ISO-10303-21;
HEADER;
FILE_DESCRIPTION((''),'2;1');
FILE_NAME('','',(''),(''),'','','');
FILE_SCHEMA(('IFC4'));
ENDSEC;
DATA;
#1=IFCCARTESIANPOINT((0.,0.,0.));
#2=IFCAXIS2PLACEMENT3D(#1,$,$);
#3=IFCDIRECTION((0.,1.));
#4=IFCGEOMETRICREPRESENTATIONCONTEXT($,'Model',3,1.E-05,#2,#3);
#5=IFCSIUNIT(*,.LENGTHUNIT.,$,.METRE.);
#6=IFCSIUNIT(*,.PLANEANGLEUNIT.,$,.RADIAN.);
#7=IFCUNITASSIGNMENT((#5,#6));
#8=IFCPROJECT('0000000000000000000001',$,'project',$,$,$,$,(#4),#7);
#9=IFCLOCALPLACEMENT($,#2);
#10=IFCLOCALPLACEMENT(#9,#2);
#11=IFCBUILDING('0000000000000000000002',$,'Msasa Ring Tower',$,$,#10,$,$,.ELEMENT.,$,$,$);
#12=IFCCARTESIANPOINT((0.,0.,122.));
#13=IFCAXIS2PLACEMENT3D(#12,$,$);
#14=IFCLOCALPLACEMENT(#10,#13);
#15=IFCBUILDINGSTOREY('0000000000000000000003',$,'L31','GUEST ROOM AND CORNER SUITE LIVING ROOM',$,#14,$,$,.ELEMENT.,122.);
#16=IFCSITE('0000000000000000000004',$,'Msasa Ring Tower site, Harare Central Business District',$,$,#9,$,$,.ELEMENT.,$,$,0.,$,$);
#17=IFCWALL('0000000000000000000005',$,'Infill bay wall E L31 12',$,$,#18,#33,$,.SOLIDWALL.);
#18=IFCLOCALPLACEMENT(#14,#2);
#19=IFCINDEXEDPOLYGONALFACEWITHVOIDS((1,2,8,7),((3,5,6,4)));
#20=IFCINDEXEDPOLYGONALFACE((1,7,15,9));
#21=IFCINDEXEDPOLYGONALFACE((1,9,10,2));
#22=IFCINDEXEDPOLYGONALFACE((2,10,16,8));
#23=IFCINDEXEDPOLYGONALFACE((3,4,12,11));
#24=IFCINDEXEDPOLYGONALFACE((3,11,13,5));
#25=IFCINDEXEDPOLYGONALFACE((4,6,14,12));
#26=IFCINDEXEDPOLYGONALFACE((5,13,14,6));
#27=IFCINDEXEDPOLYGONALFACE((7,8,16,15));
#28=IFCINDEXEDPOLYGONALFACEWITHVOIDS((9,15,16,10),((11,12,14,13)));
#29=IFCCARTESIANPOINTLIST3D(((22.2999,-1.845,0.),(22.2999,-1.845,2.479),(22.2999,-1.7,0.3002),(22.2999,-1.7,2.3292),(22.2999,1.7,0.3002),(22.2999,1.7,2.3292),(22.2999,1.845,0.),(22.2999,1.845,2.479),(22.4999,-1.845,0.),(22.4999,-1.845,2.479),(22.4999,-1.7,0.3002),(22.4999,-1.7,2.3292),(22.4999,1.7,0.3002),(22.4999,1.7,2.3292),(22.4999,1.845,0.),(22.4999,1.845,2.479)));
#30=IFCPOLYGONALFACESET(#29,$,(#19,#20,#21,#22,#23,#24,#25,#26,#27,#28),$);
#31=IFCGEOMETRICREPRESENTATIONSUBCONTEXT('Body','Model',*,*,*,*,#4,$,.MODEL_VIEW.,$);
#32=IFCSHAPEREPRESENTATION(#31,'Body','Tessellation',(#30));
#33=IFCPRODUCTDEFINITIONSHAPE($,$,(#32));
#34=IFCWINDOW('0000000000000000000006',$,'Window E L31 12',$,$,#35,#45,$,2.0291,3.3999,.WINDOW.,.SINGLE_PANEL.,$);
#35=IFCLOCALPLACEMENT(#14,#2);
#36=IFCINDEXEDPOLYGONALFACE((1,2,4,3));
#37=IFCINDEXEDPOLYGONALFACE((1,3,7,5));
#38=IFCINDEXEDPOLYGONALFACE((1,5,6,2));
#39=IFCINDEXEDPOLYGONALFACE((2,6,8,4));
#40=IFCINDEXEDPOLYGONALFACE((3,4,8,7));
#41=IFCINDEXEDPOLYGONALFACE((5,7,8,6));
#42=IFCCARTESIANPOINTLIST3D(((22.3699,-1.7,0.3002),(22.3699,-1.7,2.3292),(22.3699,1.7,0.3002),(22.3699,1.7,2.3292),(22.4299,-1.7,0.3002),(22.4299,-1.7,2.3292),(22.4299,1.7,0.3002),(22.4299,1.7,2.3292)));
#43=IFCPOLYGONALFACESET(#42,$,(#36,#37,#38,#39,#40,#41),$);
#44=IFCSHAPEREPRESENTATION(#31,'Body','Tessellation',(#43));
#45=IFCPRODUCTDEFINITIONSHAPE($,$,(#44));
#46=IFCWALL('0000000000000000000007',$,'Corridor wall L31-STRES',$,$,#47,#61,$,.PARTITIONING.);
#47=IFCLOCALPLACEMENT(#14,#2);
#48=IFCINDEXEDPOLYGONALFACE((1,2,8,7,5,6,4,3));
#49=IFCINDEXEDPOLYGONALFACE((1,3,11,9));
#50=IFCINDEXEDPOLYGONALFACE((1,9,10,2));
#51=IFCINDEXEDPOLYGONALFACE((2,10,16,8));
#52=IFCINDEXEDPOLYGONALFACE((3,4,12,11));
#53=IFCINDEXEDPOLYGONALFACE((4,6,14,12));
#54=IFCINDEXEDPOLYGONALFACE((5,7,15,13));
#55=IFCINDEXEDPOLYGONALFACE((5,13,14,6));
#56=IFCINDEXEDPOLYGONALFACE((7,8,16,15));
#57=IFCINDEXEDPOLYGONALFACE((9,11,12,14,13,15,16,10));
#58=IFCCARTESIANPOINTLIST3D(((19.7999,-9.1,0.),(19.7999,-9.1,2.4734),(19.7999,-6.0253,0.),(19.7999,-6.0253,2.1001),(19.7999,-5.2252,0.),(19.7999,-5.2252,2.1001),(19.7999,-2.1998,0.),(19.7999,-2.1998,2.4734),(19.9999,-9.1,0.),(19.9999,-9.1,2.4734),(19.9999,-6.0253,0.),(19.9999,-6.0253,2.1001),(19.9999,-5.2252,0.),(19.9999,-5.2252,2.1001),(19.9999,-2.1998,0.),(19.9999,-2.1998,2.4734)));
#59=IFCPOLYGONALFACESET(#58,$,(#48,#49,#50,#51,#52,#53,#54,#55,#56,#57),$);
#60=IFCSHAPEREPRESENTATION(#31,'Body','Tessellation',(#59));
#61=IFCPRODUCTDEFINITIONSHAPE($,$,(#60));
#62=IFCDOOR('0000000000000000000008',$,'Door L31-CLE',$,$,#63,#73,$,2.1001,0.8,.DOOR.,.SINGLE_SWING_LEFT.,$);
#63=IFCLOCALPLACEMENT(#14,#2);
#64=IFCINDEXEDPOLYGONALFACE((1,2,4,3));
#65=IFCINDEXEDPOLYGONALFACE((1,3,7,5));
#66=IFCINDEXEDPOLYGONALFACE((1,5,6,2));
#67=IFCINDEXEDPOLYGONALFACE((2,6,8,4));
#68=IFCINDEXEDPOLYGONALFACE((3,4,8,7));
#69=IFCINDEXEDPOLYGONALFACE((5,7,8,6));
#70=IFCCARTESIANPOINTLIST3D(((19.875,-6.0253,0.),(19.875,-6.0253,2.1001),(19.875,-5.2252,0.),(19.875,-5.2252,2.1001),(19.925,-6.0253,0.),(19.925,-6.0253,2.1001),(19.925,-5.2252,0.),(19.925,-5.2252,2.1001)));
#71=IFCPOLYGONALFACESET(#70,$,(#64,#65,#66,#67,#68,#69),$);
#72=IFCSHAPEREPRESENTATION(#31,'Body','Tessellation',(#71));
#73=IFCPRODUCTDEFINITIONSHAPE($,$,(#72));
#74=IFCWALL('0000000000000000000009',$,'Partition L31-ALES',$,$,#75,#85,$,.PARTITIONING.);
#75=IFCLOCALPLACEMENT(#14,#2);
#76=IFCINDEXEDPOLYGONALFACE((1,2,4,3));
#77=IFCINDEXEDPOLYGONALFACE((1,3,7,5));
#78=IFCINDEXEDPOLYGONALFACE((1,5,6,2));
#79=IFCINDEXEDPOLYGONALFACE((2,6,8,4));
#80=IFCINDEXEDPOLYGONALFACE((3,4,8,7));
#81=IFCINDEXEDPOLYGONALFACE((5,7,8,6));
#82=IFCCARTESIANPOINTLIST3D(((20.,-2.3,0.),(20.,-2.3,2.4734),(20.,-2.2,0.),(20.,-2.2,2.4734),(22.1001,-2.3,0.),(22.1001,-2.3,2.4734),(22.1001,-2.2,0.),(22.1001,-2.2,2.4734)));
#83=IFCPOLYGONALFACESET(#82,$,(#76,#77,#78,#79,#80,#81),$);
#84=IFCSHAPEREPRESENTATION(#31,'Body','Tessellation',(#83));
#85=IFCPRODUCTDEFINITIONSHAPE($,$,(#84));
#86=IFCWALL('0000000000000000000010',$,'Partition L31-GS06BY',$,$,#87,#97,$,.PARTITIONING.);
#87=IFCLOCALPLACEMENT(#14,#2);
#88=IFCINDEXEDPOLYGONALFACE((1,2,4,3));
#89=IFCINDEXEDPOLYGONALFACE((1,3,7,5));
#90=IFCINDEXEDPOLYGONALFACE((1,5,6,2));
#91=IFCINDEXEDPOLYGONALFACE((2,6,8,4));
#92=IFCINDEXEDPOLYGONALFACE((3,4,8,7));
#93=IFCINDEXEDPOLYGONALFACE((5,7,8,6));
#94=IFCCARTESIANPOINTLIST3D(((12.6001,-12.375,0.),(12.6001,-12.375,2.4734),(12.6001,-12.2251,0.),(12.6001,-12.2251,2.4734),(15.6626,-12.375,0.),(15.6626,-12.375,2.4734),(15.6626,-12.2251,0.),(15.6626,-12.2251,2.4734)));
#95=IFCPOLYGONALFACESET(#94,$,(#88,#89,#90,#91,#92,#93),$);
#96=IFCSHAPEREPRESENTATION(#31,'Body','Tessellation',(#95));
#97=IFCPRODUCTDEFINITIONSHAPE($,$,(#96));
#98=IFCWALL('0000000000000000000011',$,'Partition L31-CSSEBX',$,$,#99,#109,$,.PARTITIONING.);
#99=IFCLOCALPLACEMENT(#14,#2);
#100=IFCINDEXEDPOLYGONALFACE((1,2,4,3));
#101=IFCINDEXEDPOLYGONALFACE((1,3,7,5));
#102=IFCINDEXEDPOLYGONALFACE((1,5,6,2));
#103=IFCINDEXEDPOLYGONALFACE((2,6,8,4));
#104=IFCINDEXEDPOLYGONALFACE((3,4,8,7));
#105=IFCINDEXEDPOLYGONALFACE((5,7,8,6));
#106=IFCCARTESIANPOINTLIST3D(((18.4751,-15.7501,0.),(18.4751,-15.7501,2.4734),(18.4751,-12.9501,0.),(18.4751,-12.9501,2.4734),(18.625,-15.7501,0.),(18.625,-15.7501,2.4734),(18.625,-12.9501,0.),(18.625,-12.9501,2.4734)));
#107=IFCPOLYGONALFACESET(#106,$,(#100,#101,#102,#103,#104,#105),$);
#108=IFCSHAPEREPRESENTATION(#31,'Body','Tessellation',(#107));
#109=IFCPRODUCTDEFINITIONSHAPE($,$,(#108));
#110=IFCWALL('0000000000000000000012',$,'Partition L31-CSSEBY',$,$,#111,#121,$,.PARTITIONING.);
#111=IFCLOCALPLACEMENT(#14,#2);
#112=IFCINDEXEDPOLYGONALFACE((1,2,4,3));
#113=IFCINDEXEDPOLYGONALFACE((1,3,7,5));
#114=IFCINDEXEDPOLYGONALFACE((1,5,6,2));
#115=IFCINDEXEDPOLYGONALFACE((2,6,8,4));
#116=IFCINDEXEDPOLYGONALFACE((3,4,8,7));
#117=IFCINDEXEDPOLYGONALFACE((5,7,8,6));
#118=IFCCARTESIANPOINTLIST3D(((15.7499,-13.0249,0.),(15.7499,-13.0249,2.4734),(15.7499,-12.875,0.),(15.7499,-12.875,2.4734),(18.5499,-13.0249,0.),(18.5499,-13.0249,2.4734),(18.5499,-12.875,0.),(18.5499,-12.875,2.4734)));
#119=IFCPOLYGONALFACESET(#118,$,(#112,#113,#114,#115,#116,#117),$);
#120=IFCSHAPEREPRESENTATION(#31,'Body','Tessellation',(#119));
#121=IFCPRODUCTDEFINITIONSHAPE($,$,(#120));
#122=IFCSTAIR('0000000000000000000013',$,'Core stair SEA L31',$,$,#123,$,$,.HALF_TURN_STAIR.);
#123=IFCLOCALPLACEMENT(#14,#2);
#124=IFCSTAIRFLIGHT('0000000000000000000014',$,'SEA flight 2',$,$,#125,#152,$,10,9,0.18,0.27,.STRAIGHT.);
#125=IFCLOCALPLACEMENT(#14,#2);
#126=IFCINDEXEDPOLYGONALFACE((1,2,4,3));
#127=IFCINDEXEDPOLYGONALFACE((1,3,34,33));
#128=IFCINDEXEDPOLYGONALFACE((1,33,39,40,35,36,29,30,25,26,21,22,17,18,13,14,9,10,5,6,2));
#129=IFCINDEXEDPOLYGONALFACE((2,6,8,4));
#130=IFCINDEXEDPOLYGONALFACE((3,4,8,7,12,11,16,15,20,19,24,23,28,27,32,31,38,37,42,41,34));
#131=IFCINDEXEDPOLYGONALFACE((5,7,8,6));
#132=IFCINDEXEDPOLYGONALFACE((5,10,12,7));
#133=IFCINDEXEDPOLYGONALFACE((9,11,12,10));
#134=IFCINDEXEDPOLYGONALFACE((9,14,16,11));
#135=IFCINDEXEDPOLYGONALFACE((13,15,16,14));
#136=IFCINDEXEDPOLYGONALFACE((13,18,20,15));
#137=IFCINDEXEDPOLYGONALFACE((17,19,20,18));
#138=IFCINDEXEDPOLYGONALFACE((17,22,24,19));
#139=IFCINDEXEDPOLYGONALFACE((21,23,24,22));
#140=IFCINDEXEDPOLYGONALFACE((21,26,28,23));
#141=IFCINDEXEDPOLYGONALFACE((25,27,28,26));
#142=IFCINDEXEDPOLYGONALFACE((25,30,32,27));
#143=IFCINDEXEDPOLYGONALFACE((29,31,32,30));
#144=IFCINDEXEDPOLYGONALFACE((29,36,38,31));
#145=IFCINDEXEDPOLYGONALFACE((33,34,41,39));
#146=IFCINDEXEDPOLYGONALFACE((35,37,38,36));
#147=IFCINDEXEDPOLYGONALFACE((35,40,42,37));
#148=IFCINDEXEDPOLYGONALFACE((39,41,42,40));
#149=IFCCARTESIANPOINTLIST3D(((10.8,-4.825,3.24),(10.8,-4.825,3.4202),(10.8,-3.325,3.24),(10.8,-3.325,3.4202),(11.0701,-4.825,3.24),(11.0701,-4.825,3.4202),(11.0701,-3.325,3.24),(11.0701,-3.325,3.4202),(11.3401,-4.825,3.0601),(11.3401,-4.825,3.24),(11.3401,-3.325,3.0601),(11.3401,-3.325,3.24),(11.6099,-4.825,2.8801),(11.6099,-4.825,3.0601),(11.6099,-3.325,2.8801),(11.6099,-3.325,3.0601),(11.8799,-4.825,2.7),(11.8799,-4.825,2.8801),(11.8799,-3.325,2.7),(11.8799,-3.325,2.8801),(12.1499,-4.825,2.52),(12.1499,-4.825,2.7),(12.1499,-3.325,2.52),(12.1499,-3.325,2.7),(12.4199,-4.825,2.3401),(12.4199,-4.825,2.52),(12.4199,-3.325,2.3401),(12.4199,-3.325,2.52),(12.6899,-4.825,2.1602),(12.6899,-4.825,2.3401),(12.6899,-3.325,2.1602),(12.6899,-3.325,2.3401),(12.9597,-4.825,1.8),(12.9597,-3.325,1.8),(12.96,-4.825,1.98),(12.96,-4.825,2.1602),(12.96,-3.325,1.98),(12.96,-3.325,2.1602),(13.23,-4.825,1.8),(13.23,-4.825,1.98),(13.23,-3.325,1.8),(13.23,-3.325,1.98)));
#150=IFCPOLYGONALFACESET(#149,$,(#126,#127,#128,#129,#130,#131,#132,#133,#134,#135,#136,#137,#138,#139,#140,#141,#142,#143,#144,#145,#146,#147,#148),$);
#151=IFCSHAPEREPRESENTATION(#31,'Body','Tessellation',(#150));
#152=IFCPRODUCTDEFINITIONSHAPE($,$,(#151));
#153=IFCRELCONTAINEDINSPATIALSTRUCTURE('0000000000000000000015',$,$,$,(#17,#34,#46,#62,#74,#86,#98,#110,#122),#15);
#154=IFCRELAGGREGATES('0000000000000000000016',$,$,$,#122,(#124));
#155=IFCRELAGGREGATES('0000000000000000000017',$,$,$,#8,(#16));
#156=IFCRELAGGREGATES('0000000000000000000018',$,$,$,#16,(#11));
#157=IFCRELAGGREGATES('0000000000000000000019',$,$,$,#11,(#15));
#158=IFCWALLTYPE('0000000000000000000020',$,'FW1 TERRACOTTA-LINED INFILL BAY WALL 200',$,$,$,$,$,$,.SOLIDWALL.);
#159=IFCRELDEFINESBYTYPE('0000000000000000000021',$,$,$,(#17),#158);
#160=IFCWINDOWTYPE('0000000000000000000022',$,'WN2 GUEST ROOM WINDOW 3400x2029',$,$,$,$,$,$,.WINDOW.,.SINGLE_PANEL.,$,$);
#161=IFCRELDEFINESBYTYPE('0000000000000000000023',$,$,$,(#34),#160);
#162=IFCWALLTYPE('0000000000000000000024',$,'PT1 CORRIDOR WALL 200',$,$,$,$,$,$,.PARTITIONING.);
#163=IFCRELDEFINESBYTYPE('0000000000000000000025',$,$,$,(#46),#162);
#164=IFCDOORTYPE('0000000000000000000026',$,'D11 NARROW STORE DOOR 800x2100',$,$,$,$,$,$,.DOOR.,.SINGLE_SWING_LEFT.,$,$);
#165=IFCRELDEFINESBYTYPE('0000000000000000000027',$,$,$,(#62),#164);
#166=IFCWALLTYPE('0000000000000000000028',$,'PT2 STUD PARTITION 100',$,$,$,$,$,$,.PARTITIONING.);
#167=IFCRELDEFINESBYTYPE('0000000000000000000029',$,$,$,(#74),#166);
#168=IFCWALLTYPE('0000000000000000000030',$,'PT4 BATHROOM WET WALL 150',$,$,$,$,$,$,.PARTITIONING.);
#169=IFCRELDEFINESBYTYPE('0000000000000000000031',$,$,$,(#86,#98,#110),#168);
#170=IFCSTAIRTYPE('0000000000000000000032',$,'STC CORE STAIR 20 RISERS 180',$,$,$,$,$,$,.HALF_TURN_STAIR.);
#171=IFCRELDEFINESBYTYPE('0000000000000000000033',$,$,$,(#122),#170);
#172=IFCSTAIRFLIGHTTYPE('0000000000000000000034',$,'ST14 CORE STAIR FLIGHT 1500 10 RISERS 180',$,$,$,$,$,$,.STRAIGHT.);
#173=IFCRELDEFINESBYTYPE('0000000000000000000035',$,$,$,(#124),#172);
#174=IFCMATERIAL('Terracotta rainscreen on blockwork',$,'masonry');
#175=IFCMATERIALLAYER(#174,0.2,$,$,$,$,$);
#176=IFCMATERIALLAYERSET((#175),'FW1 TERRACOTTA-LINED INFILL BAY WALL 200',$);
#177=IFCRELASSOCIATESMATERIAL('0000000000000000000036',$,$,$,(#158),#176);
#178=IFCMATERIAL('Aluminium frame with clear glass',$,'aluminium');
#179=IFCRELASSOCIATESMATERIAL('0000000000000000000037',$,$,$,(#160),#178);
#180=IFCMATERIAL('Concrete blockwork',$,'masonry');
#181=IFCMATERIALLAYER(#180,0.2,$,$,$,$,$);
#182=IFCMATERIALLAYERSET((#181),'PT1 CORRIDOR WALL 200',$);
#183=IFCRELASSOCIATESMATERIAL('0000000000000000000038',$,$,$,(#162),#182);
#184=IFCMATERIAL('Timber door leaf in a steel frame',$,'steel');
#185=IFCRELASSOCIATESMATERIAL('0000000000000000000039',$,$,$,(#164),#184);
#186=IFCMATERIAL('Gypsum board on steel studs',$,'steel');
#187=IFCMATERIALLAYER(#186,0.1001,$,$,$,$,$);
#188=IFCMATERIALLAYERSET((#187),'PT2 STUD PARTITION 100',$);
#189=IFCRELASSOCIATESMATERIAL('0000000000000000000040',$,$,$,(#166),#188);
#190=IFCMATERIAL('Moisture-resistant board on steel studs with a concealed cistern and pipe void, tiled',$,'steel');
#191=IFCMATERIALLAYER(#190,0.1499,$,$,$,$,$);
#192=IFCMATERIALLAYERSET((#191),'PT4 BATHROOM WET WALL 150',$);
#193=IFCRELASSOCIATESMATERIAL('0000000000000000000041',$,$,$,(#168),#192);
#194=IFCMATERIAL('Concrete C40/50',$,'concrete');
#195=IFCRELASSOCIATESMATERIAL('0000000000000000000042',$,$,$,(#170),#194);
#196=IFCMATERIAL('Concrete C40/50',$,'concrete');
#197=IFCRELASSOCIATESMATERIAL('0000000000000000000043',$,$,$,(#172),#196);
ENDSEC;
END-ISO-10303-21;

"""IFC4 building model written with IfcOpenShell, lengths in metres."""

from ifc_helpers import new_model, si_unit, direction, frame, frame_2d, origin, place, context, subcontext, project, spatial, polyline, rectangle, outline, extrude, material, layer, layer_set, type_object, element, fill, aggregate, save


model = new_model("IFC4")

# Units and contexts
model_context = context("Model", 3, precision=1e-05, world=origin(), true_north=direction((0.0, 1.0)))
body_context = subcontext(model_context, "Body", "Model", "MODEL_VIEW")
ifc_project = project(units=[si_unit("LENGTHUNIT", "METRE"), si_unit("PLANEANGLEUNIT", "RADIAN")], contexts=[model_context])

# Site, building, storey
site_placement = place(None, origin())
site = spatial("IfcSite", under=ifc_project, at=site_placement, Name="Msasa Ring Tower site, Harare Central Business District", CompositionType="ELEMENT", RefElevation=0.0)
building_placement = place(site_placement, origin())
building = spatial("IfcBuilding", under=site, at=building_placement, Name="Msasa Ring Tower", CompositionType="ELEMENT")
storey_placement = place(building_placement, frame((0.0, 0.0, 122.0)))
storey = spatial("IfcBuildingStorey", under=building, at=storey_placement, Name="L31", Description="GUEST ROOM AND CORNER SUITE LIVING ROOM", CompositionType="ELEMENT", Elevation=122.0)

# Wall, opening, window
ifc_material_1 = material(Name="Terracotta rainscreen on blockwork", Category="masonry")
ifc_layer_1 = layer(ifc_material_1, 0.2)
ifc_layer_set_1 = layer_set([ifc_layer_1], Name="FW1 TERRACOTTA-LINED INFILL BAY WALL 200")
wall_type_1 = type_object("IfcWallType", Name="FW1 TERRACOTTA-LINED INFILL BAY WALL 200", PredefinedType="SOLIDWALL", material=ifc_layer_set_1)
ifc_material_2 = material(Name="Aluminium frame with clear glass", Category="aluminium")
window_type = type_object("IfcWindowType", Name="WN2 GUEST ROOM WINDOW 3400x2029", PartitioningType="SINGLE_PANEL", PredefinedType="WINDOW", material=ifc_material_2)
wall_1_placement = place(storey_placement, frame((22.3999, -1.845, 0.0), z_axis=(0.0, 0.0, 1.0), x_axis=(0.0, 1.0, 0.0)))
wall_1 = element("IfcWall", 1, at=wall_1_placement, inside=storey, type_object=wall_type_1, Name="Infill bay wall E L31 12", PredefinedType="SOLIDWALL", context=body_context, shape_type="SweptSolid", body=[
    extrude(rectangle(XDim=3.6899, YDim=0.2, at=frame_2d((1.845, 0.0))), origin(), (0.0, 0.0, 1.0), 2.479),
])
opening_1_placement = place(wall_1_placement, frame((0.145, 0.0, 0.3)))
opening_1 = element("IfcOpeningElement", 2, at=opening_1_placement, cuts=wall_1, PredefinedType="OPENING", context=body_context, shape_type="SweptSolid", body=[
    extrude(rectangle(XDim=3.3999, YDim=2.0291, at=frame_2d((1.7, 1.0146))), frame((0.0, 0.1099, 0.0), z_axis=(0.0, -1.0, 0.0), x_axis=(1.0, 0.0, 0.0)), (0.0, 0.0, 1.0), 0.22),
])
window_1_placement = place(opening_1_placement, origin())
window_1 = element("IfcWindow", 3, at=window_1_placement, inside=storey, type_object=window_type, Name="Window E L31 12", OverallHeight=2.0291, OverallWidth=3.3999, PartitioningType="SINGLE_PANEL", PredefinedType="WINDOW", context=body_context, shape_type="SweptSolid", body=[
    extrude(rectangle(XDim=3.3999, YDim=2.0291, at=frame_2d((1.7, 1.0146))), frame((0.0, 0.03, 0.0), z_axis=(0.0, -1.0, 0.0), x_axis=(1.0, 0.0, 0.0)), (0.0, 0.0, 1.0), 0.0601),
])
fill(opening_1, window_1)

# Wall, opening, door
ifc_material_3 = material(Name="Concrete blockwork", Category="masonry")
ifc_layer_2 = layer(ifc_material_3, 0.2)
ifc_layer_set_2 = layer_set([ifc_layer_2], Name="PT1 CORRIDOR WALL 200")
wall_type_2 = type_object("IfcWallType", Name="PT1 CORRIDOR WALL 200", PredefinedType="PARTITIONING", material=ifc_layer_set_2)
wall_2_placement = place(storey_placement, frame((19.8999, -9.1001, 0.0), z_axis=(0.0, 0.0, 1.0), x_axis=(0.0, 1.0, 0.0)))
wall_2 = element("IfcWall", 4, at=wall_2_placement, inside=storey, type_object=wall_type_2, Name="Corridor wall L31-STRES", PredefinedType="PARTITIONING", context=body_context, shape_type="SweptSolid", body=[
    extrude(rectangle(XDim=6.9001, YDim=0.2, at=frame_2d((3.4502, 0.0))), origin(), (0.0, 0.0, 1.0), 2.4734),
])
opening_2_placement = place(wall_2_placement, frame((3.075, 0.0, 0.0)))
opening_2 = element("IfcOpeningElement", 5, at=opening_2_placement, cuts=wall_2, PredefinedType="OPENING", context=body_context, shape_type="SweptSolid", body=[
    extrude(rectangle(XDim=0.8, YDim=2.1001, at=frame_2d((0.3999, 1.05))), frame((0.0, 0.1099, 0.0), z_axis=(0.0, -1.0, 0.0), x_axis=(1.0, 0.0, 0.0)), (0.0, 0.0, 1.0), 0.22),
])
ifc_material_4 = material(Name="Timber door leaf in a steel frame", Category="steel")
door_type_1 = type_object("IfcDoorType", Name="D11 NARROW STORE DOOR 800x2100", OperationType="SINGLE_SWING_LEFT", PredefinedType="DOOR", material=ifc_material_4)
door_1_placement = place(opening_2_placement, origin())
door_1 = element("IfcDoor", 6, at=door_1_placement, inside=storey, type_object=door_type_1, Name="Door L31-CLE", OperationType="SINGLE_SWING_LEFT", OverallHeight=2.1001, OverallWidth=0.8, PredefinedType="DOOR", context=body_context, shape_type="SweptSolid", body=[
    extrude(rectangle(XDim=0.8, YDim=2.1001, at=frame_2d((0.3999, 1.05))), frame((0.0, 0.0249, 0.0), z_axis=(0.0, -1.0, 0.0), x_axis=(1.0, 0.0, 0.0)), (0.0, 0.0, 1.0), 0.05),
])
fill(opening_2, door_1)

# Walls
ifc_material_5 = material(Name="Gypsum board on steel studs", Category="steel")
ifc_layer_3 = layer(ifc_material_5, 0.1001)
ifc_layer_set_3 = layer_set([ifc_layer_3], Name="PT2 STUD PARTITION 100")
wall_type_3 = type_object("IfcWallType", Name="PT2 STUD PARTITION 100", PredefinedType="PARTITIONING", material=ifc_layer_set_3)
wall_3_placement = place(storey_placement, frame((20.0, -2.25, 0.0), z_axis=(0.0, 0.0, 1.0), x_axis=(1.0, 0.0, 0.0)))
element("IfcWall", 7, at=wall_3_placement, inside=storey, type_object=wall_type_3, Name="Partition L31-ALES", PredefinedType="PARTITIONING", context=body_context, shape_type="SweptSolid", body=[
    extrude(rectangle(XDim=2.1001, YDim=0.1001, at=frame_2d((1.05, 0.0))), origin(), (0.0, 0.0, 1.0), 2.4734),
])
ifc_material_6 = material(Name="Moisture-resistant board on steel studs with a concealed cistern and pipe void, tiled", Category="steel")
ifc_layer_4 = layer(ifc_material_6, 0.1499)
ifc_layer_set_4 = layer_set([ifc_layer_4], Name="PT4 BATHROOM WET WALL 150")
wall_type_4 = type_object("IfcWallType", Name="PT4 BATHROOM WET WALL 150", PredefinedType="PARTITIONING", material=ifc_layer_set_4)
wall_4_placement = place(storey_placement, frame((12.6001, -12.3, 0.0), z_axis=(0.0, 0.0, 1.0), x_axis=(1.0, 0.0, 0.0)))
element("IfcWall", 8, at=wall_4_placement, inside=storey, type_object=wall_type_4, Name="Partition L31-GS06BY", PredefinedType="PARTITIONING", context=body_context, shape_type="SweptSolid", body=[
    extrude(rectangle(XDim=3.0625, YDim=0.1499, at=frame_2d((1.5312, 0.0))), origin(), (0.0, 0.0, 1.0), 2.4734),
])
for number, where, z_axis, x_axis, name in (
    (9, (18.55, -15.75, 0.0), (0.0, 0.0, 1.0), (0.0, 1.0, 0.0), "Partition L31-CSSEBX"),
    (10, (15.75, -12.95, 0.0), (0.0, 0.0, 1.0), (1.0, 0.0, 0.0), "Partition L31-CSSEBY"),
):
    element("IfcWall", number, at=place(storey_placement, frame(where, z_axis=z_axis, x_axis=x_axis)), inside=storey, type_object=wall_type_4, Name=name, PredefinedType="PARTITIONING", context=body_context, shape_type="SweptSolid", body=[
        extrude(rectangle(XDim=2.8, YDim=0.1499, at=frame_2d((1.3999, 0.0))), origin(), (0.0, 0.0, 1.0), 2.4734),
    ])

# Stair, stair flight
ifc_material_7 = material(Name="Concrete C40/50", Category="concrete")
stair_type = type_object("IfcStairType", Name="STC CORE STAIR 20 RISERS 180", PredefinedType="HALF_TURN_STAIR", material=ifc_material_7)
stair_placement = place(storey_placement, origin())
stair = element("IfcStair", 11, at=stair_placement, inside=storey, type_object=stair_type, Name="Core stair SEA L31", PredefinedType="HALF_TURN_STAIR")
ifc_material_8 = material(Name="Concrete C40/50", Category="concrete")
stair_flight_type = type_object("IfcStairFlightType", Name="ST14 CORE STAIR FLIGHT 1500 10 RISERS 180", PredefinedType="STRAIGHT", material=ifc_material_8)
stair_flight_placement = place(storey_placement, frame((13.23, -4.075, 1.8), z_axis=(0.0, 0.0, 1.0), x_axis=(-1.0, 0.0, 0.0)))
stair_flight = element("IfcStairFlight", 12, at=stair_flight_placement, type_object=stair_flight_type, Name="SEA flight 2", NumberOfRisers=10, NumberOfTreads=9, PredefinedType="STRAIGHT", RiserHeight=0.18, TreadLength=0.27, context=body_context, shape_type="SweptSolid", body=[
    extrude(outline(polyline([(0.0, 0.0), (0.0, 0.1799), (0.27, 0.1799), (0.27, 0.3601), (0.54, 0.3601), (0.54, 0.54), (0.8101, 0.54), (0.8101, 0.72), (1.0801, 0.72), (1.0801, 0.8999), (1.3501, 0.8999), (1.3501, 1.0801), (1.6201, 1.0801), (1.6201, 1.26), (1.8899, 1.26), (1.8899, 1.4399), (2.1599, 1.4399), (2.1599, 1.6201), (2.4299, 1.6201), (2.4299, 1.8), (2.4299, 1.4399), (0.2703, 0.0), (0.0, 0.0)])), frame((0.0, 0.75, 0.0), z_axis=(0.0, -1.0, 0.0), x_axis=(1.0, 0.0, 0.0)), (0.0, 0.0, 1.0), 1.5),
])
aggregate(stair, [stair_flight])

save(model, "model.ifc")
